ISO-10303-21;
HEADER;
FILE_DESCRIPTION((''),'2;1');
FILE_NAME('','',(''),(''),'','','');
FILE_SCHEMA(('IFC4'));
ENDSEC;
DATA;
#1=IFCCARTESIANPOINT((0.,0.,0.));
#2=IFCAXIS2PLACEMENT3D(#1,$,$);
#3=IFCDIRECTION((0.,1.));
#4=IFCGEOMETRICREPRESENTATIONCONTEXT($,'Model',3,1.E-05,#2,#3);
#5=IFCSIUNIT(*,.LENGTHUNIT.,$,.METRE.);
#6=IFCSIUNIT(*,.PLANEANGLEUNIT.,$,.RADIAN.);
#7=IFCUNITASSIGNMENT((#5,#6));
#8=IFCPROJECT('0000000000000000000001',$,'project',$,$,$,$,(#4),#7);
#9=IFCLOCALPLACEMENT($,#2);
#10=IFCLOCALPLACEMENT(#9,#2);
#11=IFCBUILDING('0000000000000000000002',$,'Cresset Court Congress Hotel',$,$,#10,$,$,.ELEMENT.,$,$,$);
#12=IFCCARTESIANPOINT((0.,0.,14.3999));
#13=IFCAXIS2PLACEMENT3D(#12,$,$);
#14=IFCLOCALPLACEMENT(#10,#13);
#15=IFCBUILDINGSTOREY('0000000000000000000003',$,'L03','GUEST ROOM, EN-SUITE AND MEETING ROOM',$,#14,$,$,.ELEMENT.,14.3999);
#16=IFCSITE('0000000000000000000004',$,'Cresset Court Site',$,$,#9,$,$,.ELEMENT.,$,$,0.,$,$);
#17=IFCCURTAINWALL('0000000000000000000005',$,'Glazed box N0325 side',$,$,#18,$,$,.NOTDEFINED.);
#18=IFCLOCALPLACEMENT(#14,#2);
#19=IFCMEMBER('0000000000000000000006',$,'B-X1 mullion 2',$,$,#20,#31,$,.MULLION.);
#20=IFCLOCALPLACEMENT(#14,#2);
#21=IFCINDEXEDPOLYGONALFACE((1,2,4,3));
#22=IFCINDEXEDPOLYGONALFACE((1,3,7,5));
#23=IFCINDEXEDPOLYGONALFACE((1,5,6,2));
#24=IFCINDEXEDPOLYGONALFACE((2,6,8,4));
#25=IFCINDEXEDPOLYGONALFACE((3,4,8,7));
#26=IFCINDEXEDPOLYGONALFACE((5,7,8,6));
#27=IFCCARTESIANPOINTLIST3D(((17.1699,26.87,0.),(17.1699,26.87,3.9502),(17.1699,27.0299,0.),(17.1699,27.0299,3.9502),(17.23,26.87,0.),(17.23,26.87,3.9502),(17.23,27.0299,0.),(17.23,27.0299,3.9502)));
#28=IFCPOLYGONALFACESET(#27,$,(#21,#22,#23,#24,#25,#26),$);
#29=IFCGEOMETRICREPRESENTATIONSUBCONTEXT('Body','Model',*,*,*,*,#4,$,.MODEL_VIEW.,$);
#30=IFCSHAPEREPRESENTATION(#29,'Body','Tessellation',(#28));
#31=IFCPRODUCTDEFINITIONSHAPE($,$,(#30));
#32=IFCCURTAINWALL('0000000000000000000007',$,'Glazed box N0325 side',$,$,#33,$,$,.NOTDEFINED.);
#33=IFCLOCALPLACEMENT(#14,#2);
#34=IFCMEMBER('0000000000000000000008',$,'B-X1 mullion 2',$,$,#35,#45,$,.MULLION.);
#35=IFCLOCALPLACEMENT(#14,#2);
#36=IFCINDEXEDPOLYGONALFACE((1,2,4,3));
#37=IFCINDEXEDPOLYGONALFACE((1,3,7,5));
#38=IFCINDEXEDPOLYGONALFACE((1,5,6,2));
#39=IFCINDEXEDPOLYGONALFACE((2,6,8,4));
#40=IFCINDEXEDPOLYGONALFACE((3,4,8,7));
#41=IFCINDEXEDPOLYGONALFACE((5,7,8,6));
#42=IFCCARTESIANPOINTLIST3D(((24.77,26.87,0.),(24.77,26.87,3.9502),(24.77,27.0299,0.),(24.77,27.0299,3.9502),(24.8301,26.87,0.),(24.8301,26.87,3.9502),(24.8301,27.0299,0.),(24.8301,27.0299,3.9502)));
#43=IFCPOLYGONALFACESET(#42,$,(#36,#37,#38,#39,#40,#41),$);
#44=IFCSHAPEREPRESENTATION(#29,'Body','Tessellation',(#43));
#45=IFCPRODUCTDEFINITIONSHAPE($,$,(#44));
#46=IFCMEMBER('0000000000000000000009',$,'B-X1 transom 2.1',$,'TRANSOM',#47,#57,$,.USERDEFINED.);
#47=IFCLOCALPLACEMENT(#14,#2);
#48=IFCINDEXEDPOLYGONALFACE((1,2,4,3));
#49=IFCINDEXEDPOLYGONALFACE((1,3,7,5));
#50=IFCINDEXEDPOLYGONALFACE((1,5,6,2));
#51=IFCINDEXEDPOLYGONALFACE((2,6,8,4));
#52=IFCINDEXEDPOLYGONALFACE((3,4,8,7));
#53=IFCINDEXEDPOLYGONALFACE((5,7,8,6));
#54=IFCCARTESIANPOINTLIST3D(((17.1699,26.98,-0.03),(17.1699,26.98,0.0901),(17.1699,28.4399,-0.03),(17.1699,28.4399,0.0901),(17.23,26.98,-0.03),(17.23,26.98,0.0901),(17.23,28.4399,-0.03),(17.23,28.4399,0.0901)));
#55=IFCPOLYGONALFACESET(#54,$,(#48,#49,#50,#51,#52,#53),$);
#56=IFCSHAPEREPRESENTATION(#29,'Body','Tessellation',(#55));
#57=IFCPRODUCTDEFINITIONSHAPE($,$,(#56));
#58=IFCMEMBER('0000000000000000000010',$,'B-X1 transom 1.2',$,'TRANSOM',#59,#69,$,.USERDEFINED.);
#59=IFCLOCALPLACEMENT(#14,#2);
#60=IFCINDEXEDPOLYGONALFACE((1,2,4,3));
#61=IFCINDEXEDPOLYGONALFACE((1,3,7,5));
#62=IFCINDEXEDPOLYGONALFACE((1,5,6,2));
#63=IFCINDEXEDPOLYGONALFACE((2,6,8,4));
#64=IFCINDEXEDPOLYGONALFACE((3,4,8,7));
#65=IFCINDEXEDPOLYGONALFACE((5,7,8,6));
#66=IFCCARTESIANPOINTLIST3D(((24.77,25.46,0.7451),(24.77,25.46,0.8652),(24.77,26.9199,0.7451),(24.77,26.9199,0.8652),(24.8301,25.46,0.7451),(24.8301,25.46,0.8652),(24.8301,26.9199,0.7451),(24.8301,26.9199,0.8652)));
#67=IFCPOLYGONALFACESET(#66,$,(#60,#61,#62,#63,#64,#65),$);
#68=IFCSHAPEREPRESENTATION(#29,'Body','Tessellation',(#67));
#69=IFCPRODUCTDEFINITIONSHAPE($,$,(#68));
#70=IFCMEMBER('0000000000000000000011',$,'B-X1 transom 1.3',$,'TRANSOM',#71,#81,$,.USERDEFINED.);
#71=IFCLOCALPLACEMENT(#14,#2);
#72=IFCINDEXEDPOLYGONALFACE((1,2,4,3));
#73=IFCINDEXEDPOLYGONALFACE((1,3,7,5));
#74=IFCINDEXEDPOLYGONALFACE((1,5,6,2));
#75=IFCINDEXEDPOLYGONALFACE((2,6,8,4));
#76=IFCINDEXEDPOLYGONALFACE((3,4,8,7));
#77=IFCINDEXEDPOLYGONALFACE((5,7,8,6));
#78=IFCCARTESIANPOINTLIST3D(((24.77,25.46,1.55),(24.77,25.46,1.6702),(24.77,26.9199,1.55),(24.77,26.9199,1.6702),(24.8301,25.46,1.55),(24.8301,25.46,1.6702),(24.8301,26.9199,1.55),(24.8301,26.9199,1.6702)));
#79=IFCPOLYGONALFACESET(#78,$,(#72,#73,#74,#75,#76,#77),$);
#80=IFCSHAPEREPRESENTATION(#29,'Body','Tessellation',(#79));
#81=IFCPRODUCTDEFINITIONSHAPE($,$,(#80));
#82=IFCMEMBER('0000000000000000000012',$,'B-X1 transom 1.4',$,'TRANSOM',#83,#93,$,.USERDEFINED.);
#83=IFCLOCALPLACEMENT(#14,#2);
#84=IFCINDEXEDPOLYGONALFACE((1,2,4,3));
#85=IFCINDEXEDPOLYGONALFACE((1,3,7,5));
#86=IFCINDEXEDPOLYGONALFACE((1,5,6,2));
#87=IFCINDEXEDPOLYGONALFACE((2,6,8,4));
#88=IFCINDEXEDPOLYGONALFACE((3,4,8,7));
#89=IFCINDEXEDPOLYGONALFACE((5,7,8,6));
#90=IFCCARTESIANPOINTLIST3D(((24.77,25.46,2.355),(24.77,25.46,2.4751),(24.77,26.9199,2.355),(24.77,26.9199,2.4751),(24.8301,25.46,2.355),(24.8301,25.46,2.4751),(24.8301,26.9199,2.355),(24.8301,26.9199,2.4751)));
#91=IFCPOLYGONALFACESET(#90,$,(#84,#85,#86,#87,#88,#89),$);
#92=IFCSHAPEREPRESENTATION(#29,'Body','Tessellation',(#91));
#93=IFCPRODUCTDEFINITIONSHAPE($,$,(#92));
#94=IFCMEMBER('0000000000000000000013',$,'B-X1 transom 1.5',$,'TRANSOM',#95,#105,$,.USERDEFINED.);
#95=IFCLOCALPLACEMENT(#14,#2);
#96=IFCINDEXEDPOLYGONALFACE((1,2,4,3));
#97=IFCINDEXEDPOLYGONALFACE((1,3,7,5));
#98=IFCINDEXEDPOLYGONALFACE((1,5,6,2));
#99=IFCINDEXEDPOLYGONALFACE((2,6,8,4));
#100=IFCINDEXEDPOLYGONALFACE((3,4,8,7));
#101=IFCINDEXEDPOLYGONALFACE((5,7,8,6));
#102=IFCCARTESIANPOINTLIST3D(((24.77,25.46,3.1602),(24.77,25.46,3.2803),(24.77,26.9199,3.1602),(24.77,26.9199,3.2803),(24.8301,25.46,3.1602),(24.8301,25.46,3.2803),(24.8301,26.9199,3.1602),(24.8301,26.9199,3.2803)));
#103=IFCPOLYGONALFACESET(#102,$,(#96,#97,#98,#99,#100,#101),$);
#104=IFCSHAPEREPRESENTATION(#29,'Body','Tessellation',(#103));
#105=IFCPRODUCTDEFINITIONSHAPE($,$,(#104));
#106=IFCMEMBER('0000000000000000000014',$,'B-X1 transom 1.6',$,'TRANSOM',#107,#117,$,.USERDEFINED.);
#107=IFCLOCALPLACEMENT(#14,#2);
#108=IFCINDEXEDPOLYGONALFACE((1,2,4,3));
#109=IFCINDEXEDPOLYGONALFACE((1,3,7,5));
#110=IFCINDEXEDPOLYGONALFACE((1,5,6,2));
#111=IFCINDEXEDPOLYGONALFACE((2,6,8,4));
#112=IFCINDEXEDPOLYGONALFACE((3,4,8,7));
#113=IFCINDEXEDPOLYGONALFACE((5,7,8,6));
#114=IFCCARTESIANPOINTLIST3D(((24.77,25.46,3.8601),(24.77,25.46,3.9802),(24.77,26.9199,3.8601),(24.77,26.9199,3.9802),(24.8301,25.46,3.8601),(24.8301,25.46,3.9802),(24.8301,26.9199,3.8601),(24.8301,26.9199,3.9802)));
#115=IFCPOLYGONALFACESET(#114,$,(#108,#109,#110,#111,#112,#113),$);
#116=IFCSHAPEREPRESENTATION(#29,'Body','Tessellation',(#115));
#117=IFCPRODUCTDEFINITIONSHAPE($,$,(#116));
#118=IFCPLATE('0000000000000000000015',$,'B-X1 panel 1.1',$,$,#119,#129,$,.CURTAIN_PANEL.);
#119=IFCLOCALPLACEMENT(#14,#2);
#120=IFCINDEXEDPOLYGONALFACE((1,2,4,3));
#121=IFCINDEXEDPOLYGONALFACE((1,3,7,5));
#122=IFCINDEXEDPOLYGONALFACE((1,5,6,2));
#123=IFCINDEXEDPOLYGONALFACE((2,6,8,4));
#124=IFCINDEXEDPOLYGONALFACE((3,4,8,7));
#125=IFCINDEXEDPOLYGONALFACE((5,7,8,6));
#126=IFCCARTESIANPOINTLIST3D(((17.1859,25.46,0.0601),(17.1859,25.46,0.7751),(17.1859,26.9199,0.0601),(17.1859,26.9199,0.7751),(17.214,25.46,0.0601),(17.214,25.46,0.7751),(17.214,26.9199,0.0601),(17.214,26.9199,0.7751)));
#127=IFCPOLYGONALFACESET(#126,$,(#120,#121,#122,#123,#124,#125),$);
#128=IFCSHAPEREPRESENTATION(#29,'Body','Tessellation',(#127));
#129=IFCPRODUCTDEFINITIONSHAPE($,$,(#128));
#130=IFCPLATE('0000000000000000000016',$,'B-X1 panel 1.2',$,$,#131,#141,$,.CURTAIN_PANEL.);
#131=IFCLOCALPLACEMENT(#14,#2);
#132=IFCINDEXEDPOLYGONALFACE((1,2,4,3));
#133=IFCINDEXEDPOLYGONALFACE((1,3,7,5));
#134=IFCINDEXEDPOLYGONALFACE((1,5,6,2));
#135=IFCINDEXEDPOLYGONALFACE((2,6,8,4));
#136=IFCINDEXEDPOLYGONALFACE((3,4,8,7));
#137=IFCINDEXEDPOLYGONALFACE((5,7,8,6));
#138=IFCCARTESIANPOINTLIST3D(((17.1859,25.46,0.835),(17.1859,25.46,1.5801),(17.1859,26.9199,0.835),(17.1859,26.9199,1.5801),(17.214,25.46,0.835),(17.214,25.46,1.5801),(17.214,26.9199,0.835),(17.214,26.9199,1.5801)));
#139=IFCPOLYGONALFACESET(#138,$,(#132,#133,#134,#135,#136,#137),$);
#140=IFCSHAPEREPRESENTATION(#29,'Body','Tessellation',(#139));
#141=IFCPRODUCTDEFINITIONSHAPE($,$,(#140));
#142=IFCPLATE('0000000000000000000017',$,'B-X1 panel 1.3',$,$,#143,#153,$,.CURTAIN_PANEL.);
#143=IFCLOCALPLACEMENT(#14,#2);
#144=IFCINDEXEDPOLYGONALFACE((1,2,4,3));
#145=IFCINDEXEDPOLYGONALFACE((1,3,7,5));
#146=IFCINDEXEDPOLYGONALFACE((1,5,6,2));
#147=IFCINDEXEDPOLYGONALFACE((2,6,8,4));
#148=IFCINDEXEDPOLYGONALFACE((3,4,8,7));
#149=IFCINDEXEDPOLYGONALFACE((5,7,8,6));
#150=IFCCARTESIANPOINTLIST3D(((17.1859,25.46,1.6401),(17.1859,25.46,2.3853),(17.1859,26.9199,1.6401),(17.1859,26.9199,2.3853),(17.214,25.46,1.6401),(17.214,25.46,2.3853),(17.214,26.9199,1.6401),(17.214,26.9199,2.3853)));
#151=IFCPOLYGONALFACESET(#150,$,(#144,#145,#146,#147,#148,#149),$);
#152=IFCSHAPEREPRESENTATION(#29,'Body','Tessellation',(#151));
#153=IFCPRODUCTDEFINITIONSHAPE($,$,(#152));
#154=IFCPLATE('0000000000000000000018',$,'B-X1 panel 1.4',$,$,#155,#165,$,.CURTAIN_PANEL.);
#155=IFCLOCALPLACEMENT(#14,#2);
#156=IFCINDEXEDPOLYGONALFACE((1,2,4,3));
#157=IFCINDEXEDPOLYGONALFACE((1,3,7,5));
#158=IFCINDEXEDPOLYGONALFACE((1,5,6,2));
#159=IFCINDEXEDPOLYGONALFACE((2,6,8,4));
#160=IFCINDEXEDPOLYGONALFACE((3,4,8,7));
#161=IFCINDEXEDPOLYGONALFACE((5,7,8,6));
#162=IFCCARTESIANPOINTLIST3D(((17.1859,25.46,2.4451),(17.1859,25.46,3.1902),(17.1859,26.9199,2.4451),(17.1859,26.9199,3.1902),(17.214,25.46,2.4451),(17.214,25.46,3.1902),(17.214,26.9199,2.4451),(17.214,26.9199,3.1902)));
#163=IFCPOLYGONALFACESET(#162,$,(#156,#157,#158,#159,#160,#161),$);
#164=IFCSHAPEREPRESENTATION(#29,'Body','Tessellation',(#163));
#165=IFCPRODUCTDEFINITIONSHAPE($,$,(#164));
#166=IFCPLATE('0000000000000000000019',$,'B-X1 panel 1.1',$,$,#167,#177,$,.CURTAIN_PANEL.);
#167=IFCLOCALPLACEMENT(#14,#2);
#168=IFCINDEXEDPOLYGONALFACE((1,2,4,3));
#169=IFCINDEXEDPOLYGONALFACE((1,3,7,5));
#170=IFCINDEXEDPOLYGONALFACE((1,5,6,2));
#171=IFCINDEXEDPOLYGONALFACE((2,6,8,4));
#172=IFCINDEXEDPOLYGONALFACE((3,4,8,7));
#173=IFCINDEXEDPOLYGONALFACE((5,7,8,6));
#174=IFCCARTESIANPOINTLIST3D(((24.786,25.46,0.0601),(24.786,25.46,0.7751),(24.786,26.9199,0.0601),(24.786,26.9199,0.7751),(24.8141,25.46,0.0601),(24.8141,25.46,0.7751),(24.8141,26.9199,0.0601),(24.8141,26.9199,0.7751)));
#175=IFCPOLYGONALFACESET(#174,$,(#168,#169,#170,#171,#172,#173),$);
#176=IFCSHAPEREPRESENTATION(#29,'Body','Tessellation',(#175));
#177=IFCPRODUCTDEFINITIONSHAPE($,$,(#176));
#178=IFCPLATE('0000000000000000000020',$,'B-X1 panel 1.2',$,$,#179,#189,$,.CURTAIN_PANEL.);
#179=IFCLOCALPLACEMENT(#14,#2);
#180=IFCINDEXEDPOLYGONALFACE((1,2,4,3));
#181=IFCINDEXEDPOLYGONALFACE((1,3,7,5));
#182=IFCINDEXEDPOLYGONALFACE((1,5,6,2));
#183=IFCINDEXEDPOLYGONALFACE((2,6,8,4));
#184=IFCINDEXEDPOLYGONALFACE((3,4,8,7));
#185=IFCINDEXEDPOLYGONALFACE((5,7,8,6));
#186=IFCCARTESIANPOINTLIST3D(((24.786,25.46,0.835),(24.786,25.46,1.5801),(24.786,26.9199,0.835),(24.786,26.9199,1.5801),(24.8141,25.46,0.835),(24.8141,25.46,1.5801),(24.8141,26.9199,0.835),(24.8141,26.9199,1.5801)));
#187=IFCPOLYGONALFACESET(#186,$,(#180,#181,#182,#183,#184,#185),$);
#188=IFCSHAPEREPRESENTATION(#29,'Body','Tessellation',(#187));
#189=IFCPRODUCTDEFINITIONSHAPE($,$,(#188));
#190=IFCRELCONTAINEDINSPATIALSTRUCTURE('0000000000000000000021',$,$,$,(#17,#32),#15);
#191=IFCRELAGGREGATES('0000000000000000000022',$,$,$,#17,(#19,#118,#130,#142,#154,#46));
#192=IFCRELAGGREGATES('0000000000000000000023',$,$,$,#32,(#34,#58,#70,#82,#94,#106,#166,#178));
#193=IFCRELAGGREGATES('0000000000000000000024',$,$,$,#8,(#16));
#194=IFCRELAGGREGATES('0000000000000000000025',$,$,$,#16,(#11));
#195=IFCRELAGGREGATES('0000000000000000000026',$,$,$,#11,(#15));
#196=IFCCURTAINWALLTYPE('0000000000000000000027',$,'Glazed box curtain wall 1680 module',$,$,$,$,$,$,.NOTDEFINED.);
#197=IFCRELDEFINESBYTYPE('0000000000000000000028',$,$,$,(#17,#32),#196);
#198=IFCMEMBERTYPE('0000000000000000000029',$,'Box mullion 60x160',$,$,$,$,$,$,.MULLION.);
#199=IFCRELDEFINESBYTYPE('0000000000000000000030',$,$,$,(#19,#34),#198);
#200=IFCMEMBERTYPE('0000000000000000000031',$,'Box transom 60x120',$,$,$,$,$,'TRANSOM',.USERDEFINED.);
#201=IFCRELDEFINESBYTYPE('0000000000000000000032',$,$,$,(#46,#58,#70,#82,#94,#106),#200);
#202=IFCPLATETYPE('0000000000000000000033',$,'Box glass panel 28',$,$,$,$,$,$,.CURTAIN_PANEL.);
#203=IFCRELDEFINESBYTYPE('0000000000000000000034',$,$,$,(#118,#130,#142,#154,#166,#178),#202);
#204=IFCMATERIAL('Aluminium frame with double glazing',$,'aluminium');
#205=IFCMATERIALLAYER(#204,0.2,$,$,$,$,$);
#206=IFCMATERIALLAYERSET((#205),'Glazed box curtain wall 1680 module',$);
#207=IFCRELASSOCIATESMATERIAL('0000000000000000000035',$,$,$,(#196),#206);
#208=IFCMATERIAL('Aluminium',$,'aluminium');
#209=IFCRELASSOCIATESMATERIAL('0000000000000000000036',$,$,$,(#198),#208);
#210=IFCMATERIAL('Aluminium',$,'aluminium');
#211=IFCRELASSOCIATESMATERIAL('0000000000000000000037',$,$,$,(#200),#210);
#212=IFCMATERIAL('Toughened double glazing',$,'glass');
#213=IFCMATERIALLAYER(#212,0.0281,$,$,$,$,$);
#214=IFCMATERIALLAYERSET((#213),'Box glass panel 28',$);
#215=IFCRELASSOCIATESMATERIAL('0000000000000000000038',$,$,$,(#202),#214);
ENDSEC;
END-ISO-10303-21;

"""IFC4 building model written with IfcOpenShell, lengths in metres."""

from ifc_helpers import new_model, si_unit, direction, frame, origin, origin_2d, place, context, subcontext, project, spatial, rectangle, extrude, material, layer, layer_set, material_profile, profile_set, type_object, element, aggregate, save


model = new_model("IFC4")

# Units and contexts
model_context = context("Model", 3, precision=1e-05, world=origin(), true_north=direction((0.0, 1.0)))
body_context = subcontext(model_context, "Body", "Model", "MODEL_VIEW")
ifc_project = project(units=[si_unit("LENGTHUNIT", "METRE"), si_unit("PLANEANGLEUNIT", "RADIAN")], contexts=[model_context])

# Site, building, storey
site_placement = place(None, origin())
site = spatial("IfcSite", under=ifc_project, at=site_placement, Name="Cresset Court Site", CompositionType="ELEMENT", RefElevation=0.0)
building_placement = place(site_placement, origin())
building = spatial("IfcBuilding", under=site, at=building_placement, Name="Cresset Court Congress Hotel", CompositionType="ELEMENT")
storey_placement = place(building_placement, frame((0.0, 0.0, 14.3999)))
storey = spatial("IfcBuildingStorey", under=building, at=storey_placement, Name="L03", Description="GUEST ROOM, EN-SUITE AND MEETING ROOM", CompositionType="ELEMENT", Elevation=14.3999)

# Curtain walls, members
ifc_material_1 = material(Name="Aluminium frame with double glazing", Category="aluminium")
ifc_layer_1 = layer(ifc_material_1, 0.2)
ifc_layer_set_1 = layer_set([ifc_layer_1], Name="Glazed box curtain wall 1680 module")
curtain_wall_type = type_object("IfcCurtainWallType", Name="Glazed box curtain wall 1680 module", PredefinedType="NOTDEFINED", material=ifc_layer_set_1)
curtain_wall_1_placement = place(storey_placement, origin())
curtain_wall_1 = element("IfcCurtainWall", 1, at=curtain_wall_1_placement, inside=storey, type_object=curtain_wall_type, Name="Glazed box N0325 side", PredefinedType="NOTDEFINED")
ifc_material_2 = material(Name="Aluminium", Category="aluminium")
ifc_material_profile_1 = material_profile(ifc_material_2, rectangle(XDim=0.0601, YDim=0.1599, at=origin_2d()), Name="Box mullion 60x160")
ifc_profile_set_1 = profile_set([ifc_material_profile_1], Name="Aluminium")
member_type_1 = type_object("IfcMemberType", Name="Box mullion 60x160", PredefinedType="MULLION", material=ifc_profile_set_1)
member_1_placement = place(storey_placement, frame((17.2, 26.95, 0.0), z_axis=(0.0, 0.0, 1.0), x_axis=(-1.0, 0.0, 0.0)))
member_1 = element("IfcMember", 2, at=member_1_placement, type_object=member_type_1, Name="B-X1 mullion 2", PredefinedType="MULLION", context=body_context, shape_type="SweptSolid", body=[
    extrude(rectangle(XDim=0.0601, YDim=0.1599, at=origin_2d()), origin(), (0.0, 0.0, 1.0), 3.9502),
])
curtain_wall_2_placement = place(storey_placement, origin())
curtain_wall_2 = element("IfcCurtainWall", 3, at=curtain_wall_2_placement, inside=storey, type_object=curtain_wall_type, Name="Glazed box N0325 side", PredefinedType="NOTDEFINED")
member_2_placement = place(storey_placement, frame((24.8, 26.95, 0.0), z_axis=(0.0, 0.0, 1.0), x_axis=(-1.0, 0.0, 0.0)))
member_2 = element("IfcMember", 4, at=member_2_placement, type_object=member_type_1, Name="B-X1 mullion 2", PredefinedType="MULLION", context=body_context, shape_type="SweptSolid", body=[
    extrude(rectangle(XDim=0.0601, YDim=0.1599, at=origin_2d()), origin(), (0.0, 0.0, 1.0), 3.9502),
])

# Members
ifc_material_3 = material(Name="Aluminium", Category="aluminium")
ifc_material_profile_2 = material_profile(ifc_material_3, rectangle(XDim=0.0601, YDim=0.1201, at=origin_2d()), Name="Box transom 60x120")
ifc_profile_set_2 = profile_set([ifc_material_profile_2], Name="Aluminium")
member_type_2 = type_object("IfcMemberType", Name="Box transom 60x120", ElementType="TRANSOM", PredefinedType="USERDEFINED", material=ifc_profile_set_2)
member_3_placement = place(storey_placement, frame((17.2, 26.98, 0.03), z_axis=(0.0, 1.0, 0.0), x_axis=(-1.0, 0.0, 0.0)))
member_3 = element("IfcMember", 5, at=member_3_placement, type_object=member_type_2, Name="B-X1 transom 2.1", ObjectType="TRANSOM", PredefinedType="USERDEFINED", context=body_context, shape_type="SweptSolid", body=[
    extrude(rectangle(XDim=0.0601, YDim=0.1201, at=origin_2d()), origin(), (0.0, 0.0, 1.0), 1.46),
])
member_4_placement = place(storey_placement, frame((24.8, 25.46, 0.8052), z_axis=(0.0, 1.0, 0.0), x_axis=(-1.0, 0.0, 0.0)))
member_4 = element("IfcMember", 6, at=member_4_placement, type_object=member_type_2, Name="B-X1 transom 1.2", ObjectType="TRANSOM", PredefinedType="USERDEFINED", context=body_context, shape_type="SweptSolid", body=[
    extrude(rectangle(XDim=0.0601, YDim=0.1201, at=origin_2d()), origin(), (0.0, 0.0, 1.0), 1.46),
])
member_5_placement = place(storey_placement, frame((24.8, 25.46, 1.6101), z_axis=(0.0, 1.0, 0.0), x_axis=(-1.0, 0.0, 0.0)))
member_5 = element("IfcMember", 7, at=member_5_placement, type_object=member_type_2, Name="B-X1 transom 1.3", ObjectType="TRANSOM", PredefinedType="USERDEFINED", context=body_context, shape_type="SweptSolid", body=[
    extrude(rectangle(XDim=0.0601, YDim=0.1201, at=origin_2d()), origin(), (0.0, 0.0, 1.0), 1.46),
])
member_6_placement = place(storey_placement, frame((24.8, 25.46, 2.415), z_axis=(0.0, 1.0, 0.0), x_axis=(-1.0, 0.0, 0.0)))
member_6 = element("IfcMember", 8, at=member_6_placement, type_object=member_type_2, Name="B-X1 transom 1.4", ObjectType="TRANSOM", PredefinedType="USERDEFINED", context=body_context, shape_type="SweptSolid", body=[
    extrude(rectangle(XDim=0.0601, YDim=0.1201, at=origin_2d()), origin(), (0.0, 0.0, 1.0), 1.46),
])
member_7_placement = place(storey_placement, frame((24.8, 25.46, 3.2202), z_axis=(0.0, 1.0, 0.0), x_axis=(-1.0, 0.0, 0.0)))
member_7 = element("IfcMember", 9, at=member_7_placement, type_object=member_type_2, Name="B-X1 transom 1.5", ObjectType="TRANSOM", PredefinedType="USERDEFINED", context=body_context, shape_type="SweptSolid", body=[
    extrude(rectangle(XDim=0.0601, YDim=0.1201, at=origin_2d()), origin(), (0.0, 0.0, 1.0), 1.46),
])
member_8_placement = place(storey_placement, frame((24.8, 25.46, 3.9202), z_axis=(0.0, 1.0, 0.0), x_axis=(-1.0, 0.0, 0.0)))
member_8 = element("IfcMember", 10, at=member_8_placement, type_object=member_type_2, Name="B-X1 transom 1.6", ObjectType="TRANSOM", PredefinedType="USERDEFINED", context=body_context, shape_type="SweptSolid", body=[
    extrude(rectangle(XDim=0.0601, YDim=0.1201, at=origin_2d()), origin(), (0.0, 0.0, 1.0), 1.46),
])

# Plates
ifc_material_4 = material(Name="Toughened double glazing", Category="glass")
ifc_layer_2 = layer(ifc_material_4, 0.0281)
ifc_layer_set_2 = layer_set([ifc_layer_2], Name="Box glass panel 28")
plate_type_1 = type_object("IfcPlateType", Name="Box glass panel 28", PredefinedType="CURTAIN_PANEL", material=ifc_layer_set_2)
plate_1_placement = place(storey_placement, frame((17.2, 26.1899, 0.0601), z_axis=(0.0, 0.0, 1.0), x_axis=(0.0, 1.0, 0.0)))
plate_1 = element("IfcPlate", 11, at=plate_1_placement, type_object=plate_type_1, Name="B-X1 panel 1.1", PredefinedType="CURTAIN_PANEL", context=body_context, shape_type="SweptSolid", body=[
    extrude(rectangle(XDim=1.46, YDim=0.0281, at=origin_2d()), origin(), (0.0, 0.0, 1.0), 0.7151),
])
plate_2_placement = place(storey_placement, frame((17.2, 26.1899, 0.835), z_axis=(0.0, 0.0, 1.0), x_axis=(0.0, 1.0, 0.0)))
plate_2 = element("IfcPlate", 12, at=plate_2_placement, type_object=plate_type_1, Name="B-X1 panel 1.2", PredefinedType="CURTAIN_PANEL", context=body_context, shape_type="SweptSolid", body=[
    extrude(rectangle(XDim=1.46, YDim=0.0281, at=origin_2d()), origin(), (0.0, 0.0, 1.0), 0.7451),
])
plate_3_placement = place(storey_placement, frame((17.2, 26.1899, 1.6401), z_axis=(0.0, 0.0, 1.0), x_axis=(0.0, 1.0, 0.0)))
plate_3 = element("IfcPlate", 13, at=plate_3_placement, type_object=plate_type_1, Name="B-X1 panel 1.3", PredefinedType="CURTAIN_PANEL", context=body_context, shape_type="SweptSolid", body=[
    extrude(rectangle(XDim=1.46, YDim=0.0281, at=origin_2d()), origin(), (0.0, 0.0, 1.0), 0.7451),
])
plate_4_placement = place(storey_placement, frame((17.2, 26.1899, 2.4451), z_axis=(0.0, 0.0, 1.0), x_axis=(0.0, 1.0, 0.0)))
plate_4 = element("IfcPlate", 14, at=plate_4_placement, type_object=plate_type_1, Name="B-X1 panel 1.4", PredefinedType="CURTAIN_PANEL", context=body_context, shape_type="SweptSolid", body=[
    extrude(rectangle(XDim=1.46, YDim=0.0281, at=origin_2d()), origin(), (0.0, 0.0, 1.0), 0.7451),
])
plate_5_placement = place(storey_placement, frame((24.8, 26.1899, 0.0601), z_axis=(0.0, 0.0, 1.0), x_axis=(0.0, 1.0, 0.0)))
plate_5 = element("IfcPlate", 15, at=plate_5_placement, type_object=plate_type_1, Name="B-X1 panel 1.1", PredefinedType="CURTAIN_PANEL", context=body_context, shape_type="SweptSolid", body=[
    extrude(rectangle(XDim=1.46, YDim=0.0281, at=origin_2d()), origin(), (0.0, 0.0, 1.0), 0.7151),
])
plate_6_placement = place(storey_placement, frame((24.8, 26.1899, 0.835), z_axis=(0.0, 0.0, 1.0), x_axis=(0.0, 1.0, 0.0)))
plate_6 = element("IfcPlate", 16, at=plate_6_placement, type_object=plate_type_1, Name="B-X1 panel 1.2", PredefinedType="CURTAIN_PANEL", context=body_context, shape_type="SweptSolid", body=[
    extrude(rectangle(XDim=1.46, YDim=0.0281, at=origin_2d()), origin(), (0.0, 0.0, 1.0), 0.7451),
])
aggregate(curtain_wall_1, [member_1, plate_1, plate_2, plate_3, plate_4, member_3])
aggregate(curtain_wall_2, [member_2, member_4, member_5, member_6, member_7, member_8, plate_5, plate_6])

save(model, "model.ifc")
